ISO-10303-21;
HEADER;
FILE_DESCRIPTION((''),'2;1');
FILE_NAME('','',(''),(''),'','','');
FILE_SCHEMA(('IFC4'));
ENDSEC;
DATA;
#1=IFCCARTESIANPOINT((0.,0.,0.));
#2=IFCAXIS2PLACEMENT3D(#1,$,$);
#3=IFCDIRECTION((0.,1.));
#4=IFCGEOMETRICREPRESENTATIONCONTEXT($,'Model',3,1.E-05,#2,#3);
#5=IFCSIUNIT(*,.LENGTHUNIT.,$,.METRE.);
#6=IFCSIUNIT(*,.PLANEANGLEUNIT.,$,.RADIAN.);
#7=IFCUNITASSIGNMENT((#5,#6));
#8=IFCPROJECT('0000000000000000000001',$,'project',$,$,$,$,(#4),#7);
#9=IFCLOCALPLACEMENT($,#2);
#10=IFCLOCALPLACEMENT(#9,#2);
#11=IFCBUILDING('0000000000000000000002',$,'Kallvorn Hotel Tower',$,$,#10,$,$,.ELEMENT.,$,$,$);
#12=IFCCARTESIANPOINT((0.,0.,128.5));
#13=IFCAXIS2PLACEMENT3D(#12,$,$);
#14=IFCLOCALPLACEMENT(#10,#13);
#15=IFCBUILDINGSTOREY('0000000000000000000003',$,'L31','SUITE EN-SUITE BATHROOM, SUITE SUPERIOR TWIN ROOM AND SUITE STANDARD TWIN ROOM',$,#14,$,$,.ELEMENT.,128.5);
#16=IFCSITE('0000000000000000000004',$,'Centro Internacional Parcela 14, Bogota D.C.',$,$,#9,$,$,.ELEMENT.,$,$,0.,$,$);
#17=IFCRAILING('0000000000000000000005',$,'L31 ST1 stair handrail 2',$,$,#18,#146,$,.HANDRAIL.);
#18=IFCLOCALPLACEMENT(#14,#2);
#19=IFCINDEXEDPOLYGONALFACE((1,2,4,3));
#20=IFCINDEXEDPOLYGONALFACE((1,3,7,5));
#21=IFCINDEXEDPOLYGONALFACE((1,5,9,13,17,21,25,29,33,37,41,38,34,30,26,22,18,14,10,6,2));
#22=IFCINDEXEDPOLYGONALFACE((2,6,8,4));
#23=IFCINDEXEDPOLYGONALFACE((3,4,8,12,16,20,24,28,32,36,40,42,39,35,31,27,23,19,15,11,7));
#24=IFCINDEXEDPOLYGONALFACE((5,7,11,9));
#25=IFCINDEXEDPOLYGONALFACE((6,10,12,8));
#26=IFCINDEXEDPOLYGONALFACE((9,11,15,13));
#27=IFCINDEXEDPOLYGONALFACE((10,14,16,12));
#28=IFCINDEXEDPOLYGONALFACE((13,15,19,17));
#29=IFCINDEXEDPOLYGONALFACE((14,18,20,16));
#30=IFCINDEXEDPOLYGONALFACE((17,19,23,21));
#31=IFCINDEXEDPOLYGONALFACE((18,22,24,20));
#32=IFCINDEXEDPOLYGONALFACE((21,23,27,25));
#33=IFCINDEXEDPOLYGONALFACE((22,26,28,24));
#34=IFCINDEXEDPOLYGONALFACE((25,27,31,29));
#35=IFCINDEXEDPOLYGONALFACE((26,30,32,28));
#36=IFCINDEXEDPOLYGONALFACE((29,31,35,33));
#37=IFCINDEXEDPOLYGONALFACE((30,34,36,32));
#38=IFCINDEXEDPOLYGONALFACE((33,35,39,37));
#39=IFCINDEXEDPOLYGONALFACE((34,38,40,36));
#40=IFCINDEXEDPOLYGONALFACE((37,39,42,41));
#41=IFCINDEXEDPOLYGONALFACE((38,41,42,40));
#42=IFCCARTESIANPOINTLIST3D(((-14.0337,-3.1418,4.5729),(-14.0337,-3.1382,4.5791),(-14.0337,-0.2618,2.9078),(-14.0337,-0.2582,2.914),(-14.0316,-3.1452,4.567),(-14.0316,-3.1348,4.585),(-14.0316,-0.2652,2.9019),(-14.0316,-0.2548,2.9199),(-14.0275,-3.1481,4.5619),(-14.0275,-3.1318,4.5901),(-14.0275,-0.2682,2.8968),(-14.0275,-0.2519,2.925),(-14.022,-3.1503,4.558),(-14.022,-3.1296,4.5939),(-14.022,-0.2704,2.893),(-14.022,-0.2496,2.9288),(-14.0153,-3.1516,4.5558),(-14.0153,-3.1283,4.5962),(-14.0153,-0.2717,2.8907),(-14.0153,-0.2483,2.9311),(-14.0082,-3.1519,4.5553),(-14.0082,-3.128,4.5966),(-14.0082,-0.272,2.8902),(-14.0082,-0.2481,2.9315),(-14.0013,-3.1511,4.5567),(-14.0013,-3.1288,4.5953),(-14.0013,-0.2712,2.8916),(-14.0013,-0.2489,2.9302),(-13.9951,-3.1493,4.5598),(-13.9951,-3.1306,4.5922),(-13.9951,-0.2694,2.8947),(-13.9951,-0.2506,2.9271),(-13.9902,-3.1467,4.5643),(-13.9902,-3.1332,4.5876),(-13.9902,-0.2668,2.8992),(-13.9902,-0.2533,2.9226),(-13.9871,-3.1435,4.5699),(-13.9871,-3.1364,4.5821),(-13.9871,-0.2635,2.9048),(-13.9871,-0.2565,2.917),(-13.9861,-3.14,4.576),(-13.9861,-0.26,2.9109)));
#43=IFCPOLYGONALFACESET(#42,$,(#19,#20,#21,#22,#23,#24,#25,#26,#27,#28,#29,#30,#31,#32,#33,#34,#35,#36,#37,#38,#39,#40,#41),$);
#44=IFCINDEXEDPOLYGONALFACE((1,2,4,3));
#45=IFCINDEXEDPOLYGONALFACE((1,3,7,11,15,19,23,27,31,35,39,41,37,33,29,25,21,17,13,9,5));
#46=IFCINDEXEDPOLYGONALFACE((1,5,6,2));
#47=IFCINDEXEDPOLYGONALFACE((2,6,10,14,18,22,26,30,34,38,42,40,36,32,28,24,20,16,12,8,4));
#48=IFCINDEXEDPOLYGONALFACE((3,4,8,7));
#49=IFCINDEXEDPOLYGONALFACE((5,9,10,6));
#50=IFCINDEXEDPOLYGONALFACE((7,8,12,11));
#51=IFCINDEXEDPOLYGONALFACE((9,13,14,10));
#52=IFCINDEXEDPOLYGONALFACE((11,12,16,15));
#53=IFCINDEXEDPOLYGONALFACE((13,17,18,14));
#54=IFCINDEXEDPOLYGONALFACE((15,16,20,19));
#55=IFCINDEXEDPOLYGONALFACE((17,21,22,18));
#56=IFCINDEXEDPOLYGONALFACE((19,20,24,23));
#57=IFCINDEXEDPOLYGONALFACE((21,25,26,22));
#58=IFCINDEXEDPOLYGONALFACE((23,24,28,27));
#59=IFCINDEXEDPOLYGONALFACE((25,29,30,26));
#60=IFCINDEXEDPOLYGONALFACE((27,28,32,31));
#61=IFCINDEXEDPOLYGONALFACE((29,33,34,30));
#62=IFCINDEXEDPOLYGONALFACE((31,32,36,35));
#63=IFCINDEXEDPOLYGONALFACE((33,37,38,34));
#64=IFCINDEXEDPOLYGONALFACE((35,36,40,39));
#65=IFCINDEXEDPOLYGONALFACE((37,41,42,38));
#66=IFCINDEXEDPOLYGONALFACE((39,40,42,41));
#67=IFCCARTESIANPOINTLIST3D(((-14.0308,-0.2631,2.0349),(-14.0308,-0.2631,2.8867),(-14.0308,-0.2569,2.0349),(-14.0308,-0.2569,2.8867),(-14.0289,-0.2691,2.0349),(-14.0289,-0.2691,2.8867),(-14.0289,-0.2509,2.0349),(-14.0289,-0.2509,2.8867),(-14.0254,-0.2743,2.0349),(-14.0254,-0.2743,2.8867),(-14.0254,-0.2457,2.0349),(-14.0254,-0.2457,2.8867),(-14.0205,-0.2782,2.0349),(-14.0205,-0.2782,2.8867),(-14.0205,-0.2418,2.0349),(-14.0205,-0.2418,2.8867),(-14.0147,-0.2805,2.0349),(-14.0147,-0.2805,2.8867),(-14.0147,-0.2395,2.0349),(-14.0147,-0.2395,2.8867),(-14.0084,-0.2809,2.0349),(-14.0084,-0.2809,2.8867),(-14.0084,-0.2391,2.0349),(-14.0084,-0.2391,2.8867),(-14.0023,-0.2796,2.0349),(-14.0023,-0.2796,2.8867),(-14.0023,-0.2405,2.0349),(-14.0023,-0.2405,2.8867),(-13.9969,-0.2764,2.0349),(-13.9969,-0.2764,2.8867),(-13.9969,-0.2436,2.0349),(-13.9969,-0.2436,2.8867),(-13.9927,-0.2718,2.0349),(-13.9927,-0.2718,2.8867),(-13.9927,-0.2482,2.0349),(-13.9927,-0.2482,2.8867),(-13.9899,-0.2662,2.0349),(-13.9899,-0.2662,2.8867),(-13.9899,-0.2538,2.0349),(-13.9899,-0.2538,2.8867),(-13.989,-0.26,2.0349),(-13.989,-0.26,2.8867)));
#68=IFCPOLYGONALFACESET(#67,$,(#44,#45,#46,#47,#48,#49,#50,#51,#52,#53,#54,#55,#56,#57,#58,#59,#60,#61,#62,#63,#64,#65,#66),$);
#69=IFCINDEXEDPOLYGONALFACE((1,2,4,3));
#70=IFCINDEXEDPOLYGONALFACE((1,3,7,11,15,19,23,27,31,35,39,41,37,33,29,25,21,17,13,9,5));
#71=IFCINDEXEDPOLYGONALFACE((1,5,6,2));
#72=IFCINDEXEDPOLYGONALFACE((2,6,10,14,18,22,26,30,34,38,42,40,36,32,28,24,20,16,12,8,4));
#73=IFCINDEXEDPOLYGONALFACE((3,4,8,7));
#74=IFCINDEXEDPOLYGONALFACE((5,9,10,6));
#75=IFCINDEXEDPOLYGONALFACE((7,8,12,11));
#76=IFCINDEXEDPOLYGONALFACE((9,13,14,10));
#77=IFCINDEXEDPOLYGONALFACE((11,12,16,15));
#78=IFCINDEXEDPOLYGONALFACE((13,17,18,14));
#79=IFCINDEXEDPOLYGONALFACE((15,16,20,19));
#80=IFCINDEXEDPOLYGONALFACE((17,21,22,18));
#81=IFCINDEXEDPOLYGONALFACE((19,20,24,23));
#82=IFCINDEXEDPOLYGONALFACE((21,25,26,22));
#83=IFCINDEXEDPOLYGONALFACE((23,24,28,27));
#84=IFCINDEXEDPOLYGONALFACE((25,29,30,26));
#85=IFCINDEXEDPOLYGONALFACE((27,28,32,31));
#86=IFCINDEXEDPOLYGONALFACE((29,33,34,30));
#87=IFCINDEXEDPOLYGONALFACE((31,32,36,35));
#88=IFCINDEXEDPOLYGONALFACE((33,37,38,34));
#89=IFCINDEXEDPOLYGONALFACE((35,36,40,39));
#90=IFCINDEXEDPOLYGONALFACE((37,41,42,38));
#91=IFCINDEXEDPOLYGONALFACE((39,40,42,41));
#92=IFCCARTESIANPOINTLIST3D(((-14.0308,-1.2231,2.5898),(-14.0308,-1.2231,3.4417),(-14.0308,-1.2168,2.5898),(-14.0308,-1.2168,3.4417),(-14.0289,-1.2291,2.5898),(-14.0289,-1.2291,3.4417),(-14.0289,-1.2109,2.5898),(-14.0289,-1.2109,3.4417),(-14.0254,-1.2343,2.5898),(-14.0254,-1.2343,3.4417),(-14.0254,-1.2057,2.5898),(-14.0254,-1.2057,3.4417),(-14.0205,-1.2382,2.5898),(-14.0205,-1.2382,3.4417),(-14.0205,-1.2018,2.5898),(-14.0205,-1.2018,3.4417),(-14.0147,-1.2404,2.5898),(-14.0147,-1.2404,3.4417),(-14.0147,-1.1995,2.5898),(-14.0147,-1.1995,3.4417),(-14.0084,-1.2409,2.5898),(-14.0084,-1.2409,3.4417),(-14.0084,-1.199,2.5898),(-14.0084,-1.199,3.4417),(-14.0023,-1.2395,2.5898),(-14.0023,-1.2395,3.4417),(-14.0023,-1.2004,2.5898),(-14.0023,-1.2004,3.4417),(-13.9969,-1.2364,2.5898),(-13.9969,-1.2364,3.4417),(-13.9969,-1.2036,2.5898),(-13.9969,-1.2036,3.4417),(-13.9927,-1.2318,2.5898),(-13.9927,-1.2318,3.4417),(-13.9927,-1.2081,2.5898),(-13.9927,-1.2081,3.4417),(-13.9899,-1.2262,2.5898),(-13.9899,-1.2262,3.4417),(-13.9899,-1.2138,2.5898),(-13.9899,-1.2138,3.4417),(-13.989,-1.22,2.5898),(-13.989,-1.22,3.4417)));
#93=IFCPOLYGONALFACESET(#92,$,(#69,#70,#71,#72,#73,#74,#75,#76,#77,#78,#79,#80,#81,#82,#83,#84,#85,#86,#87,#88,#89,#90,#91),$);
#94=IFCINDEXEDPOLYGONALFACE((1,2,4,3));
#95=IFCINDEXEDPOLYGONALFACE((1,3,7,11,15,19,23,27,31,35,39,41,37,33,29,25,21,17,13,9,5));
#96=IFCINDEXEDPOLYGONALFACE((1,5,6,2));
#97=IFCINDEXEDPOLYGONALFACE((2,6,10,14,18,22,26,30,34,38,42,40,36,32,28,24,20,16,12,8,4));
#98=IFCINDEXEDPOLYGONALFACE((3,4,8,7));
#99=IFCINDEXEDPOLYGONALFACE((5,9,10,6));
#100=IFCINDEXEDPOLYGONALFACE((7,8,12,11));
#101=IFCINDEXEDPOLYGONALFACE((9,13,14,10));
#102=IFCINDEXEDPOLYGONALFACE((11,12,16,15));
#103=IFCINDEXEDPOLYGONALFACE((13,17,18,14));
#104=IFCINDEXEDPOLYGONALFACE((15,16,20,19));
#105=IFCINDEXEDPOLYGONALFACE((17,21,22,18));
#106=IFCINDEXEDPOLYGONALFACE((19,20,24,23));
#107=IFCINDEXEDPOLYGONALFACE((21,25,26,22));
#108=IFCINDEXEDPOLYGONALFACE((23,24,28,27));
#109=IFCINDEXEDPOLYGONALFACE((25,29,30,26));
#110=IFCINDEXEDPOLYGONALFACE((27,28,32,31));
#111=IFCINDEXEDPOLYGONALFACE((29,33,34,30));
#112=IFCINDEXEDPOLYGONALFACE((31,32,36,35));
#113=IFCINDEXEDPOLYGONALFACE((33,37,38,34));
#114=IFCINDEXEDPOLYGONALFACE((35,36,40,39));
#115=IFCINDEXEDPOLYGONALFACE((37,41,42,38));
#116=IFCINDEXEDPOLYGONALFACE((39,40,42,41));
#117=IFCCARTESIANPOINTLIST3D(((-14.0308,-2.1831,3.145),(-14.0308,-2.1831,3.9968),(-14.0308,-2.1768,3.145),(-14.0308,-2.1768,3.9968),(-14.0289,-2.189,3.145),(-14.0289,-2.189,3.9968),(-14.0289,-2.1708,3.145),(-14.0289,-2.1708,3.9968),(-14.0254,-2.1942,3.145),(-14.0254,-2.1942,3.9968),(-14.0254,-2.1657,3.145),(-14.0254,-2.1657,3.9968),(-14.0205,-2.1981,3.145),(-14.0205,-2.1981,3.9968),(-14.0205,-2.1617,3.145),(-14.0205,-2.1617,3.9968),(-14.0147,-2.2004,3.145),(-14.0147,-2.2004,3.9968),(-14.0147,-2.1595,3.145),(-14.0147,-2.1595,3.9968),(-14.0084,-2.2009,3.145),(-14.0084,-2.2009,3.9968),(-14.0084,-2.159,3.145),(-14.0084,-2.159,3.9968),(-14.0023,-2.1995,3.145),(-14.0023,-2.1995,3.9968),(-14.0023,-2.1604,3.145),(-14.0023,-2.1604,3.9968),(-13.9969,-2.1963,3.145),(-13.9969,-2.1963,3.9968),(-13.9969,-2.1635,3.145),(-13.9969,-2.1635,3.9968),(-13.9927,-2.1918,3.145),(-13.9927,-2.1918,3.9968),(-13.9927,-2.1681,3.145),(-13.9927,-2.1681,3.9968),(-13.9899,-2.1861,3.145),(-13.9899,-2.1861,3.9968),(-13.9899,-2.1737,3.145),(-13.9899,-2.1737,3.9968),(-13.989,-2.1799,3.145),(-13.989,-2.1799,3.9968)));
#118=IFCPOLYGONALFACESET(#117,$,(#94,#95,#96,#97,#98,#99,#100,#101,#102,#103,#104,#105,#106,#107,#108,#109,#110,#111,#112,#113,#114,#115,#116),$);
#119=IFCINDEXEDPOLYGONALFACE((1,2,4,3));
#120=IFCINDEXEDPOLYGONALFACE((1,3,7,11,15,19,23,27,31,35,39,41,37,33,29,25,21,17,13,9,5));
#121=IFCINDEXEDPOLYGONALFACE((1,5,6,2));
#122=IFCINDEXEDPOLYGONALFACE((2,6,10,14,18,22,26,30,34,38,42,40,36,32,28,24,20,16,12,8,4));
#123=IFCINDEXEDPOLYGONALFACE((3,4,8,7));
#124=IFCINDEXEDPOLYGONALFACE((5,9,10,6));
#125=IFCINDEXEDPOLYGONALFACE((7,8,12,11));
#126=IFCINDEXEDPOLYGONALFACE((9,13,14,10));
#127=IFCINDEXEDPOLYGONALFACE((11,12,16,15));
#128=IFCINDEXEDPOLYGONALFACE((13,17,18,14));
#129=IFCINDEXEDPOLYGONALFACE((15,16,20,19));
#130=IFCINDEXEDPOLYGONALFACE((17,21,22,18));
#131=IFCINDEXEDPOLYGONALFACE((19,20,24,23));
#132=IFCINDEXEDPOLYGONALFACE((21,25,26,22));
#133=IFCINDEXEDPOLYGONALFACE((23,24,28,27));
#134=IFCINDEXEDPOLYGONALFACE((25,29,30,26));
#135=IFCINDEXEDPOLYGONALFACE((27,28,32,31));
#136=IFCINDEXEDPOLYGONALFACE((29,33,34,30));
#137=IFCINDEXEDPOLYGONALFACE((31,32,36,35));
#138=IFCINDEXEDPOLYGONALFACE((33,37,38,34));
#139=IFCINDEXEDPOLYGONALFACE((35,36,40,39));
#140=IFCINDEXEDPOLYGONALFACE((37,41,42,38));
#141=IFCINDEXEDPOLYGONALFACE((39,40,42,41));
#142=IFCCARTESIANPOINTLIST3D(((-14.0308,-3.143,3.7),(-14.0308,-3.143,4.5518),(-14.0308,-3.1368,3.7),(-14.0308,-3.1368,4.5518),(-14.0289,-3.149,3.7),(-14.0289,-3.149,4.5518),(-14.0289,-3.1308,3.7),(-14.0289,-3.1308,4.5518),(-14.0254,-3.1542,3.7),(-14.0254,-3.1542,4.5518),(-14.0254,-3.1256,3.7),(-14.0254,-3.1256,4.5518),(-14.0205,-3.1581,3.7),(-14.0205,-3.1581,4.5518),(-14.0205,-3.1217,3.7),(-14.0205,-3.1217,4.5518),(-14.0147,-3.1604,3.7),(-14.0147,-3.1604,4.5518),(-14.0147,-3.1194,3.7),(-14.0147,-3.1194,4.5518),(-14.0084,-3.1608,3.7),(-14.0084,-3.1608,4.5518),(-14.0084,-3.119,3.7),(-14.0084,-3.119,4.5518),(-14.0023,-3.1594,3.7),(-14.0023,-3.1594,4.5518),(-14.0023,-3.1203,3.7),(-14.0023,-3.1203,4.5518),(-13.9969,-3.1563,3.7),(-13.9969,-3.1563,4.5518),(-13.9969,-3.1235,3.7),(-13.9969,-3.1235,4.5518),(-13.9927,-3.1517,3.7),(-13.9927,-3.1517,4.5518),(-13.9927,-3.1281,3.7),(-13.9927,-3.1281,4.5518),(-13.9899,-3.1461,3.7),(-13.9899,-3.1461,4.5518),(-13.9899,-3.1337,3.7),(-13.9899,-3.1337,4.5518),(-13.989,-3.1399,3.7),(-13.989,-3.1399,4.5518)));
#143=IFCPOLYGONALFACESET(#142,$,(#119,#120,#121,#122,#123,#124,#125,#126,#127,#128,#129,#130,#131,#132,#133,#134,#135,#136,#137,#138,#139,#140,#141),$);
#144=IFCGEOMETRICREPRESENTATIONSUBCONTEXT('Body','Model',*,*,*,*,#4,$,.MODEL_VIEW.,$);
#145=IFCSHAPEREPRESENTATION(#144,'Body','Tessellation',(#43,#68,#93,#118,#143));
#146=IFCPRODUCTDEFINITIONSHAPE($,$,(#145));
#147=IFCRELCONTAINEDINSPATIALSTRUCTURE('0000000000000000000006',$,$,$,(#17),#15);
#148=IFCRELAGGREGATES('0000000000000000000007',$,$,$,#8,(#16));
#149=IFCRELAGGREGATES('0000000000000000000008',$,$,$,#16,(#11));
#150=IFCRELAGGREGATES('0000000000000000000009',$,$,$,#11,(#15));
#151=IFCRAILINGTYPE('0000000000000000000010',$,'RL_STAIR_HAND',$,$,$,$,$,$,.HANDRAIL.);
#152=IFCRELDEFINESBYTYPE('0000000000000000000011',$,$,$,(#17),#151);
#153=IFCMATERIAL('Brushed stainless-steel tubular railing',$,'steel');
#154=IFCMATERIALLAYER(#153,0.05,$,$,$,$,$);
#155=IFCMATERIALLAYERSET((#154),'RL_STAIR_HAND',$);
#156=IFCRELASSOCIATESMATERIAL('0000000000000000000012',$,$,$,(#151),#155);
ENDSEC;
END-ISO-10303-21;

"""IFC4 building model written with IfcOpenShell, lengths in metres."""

from ifc_helpers import new_model, si_unit, direction, frame, origin, origin_2d, place, context, subcontext, project, spatial, circle, extrude, material, layer, layer_set, type_object, element, save


model = new_model("IFC4")

# Units and contexts
model_context = context("Model", 3, precision=1e-05, world=origin(), true_north=direction((0.0, 1.0)))
body_context = subcontext(model_context, "Body", "Model", "MODEL_VIEW")
ifc_project = project(units=[si_unit("LENGTHUNIT", "METRE"), si_unit("PLANEANGLEUNIT", "RADIAN")], contexts=[model_context])

# Site, building, storey
site_placement = place(None, origin())
site = spatial("IfcSite", under=ifc_project, at=site_placement, Name="Centro Internacional Parcela 14, Bogota D.C.", CompositionType="ELEMENT", RefElevation=0.0)
building_placement = place(site_placement, origin())
building = spatial("IfcBuilding", under=site, at=building_placement, Name="Kallvorn Hotel Tower", CompositionType="ELEMENT")
storey_placement = place(building_placement, frame((0.0, 0.0, 128.5)))
storey = spatial("IfcBuildingStorey", under=building, at=storey_placement, Name="L31", Description="SUITE EN-SUITE BATHROOM, SUITE SUPERIOR TWIN ROOM AND SUITE STANDARD TWIN ROOM", CompositionType="ELEMENT", Elevation=128.5)

# Railing
ifc_material_1 = material(Name="Brushed stainless-steel tubular railing", Category="steel")
ifc_layer_1 = layer(ifc_material_1, 0.05)
ifc_layer_set_1 = layer_set([ifc_layer_1], Name="RL_STAIR_HAND")
railing_type_1 = type_object("IfcRailingType", Name="RL_STAIR_HAND", PredefinedType="HANDRAIL", material=ifc_layer_set_1)
railing_1_placement = place(storey_placement, frame((-14.01, -0.26, 2.0349)))
element("IfcRailing", 1, at=railing_1_placement, inside=storey, type_object=railing_type_1, Name="L31 ST1 stair handrail 2", PredefinedType="HANDRAIL", context=body_context, shape_type="SweptSolid", body=[
    extrude(circle(Radius=0.0239, at=origin_2d()), frame((0.0, 0.0, 0.876), z_axis=(0.0, -0.865721, 0.500527), x_axis=(1.0, 0.0, 0.0)), (0.0, 0.0, 1.0), 3.3267),
    extrude(circle(Radius=0.021, at=origin_2d()), origin(), (0.0, 0.0, 1.0), 0.8518),
    extrude(circle(Radius=0.021, at=origin_2d()), frame((0.0, -0.96, 0.5549)), (0.0, 0.0, 1.0), 0.8518),
    extrude(circle(Radius=0.021, at=origin_2d()), frame((0.0, -1.9199, 1.1101)), (0.0, 0.0, 1.0), 0.8518),
    extrude(circle(Radius=0.021, at=origin_2d()), frame((0.0, -2.8799, 1.665)), (0.0, 0.0, 1.0), 0.8518),
])

save(model, "model.ifc")
